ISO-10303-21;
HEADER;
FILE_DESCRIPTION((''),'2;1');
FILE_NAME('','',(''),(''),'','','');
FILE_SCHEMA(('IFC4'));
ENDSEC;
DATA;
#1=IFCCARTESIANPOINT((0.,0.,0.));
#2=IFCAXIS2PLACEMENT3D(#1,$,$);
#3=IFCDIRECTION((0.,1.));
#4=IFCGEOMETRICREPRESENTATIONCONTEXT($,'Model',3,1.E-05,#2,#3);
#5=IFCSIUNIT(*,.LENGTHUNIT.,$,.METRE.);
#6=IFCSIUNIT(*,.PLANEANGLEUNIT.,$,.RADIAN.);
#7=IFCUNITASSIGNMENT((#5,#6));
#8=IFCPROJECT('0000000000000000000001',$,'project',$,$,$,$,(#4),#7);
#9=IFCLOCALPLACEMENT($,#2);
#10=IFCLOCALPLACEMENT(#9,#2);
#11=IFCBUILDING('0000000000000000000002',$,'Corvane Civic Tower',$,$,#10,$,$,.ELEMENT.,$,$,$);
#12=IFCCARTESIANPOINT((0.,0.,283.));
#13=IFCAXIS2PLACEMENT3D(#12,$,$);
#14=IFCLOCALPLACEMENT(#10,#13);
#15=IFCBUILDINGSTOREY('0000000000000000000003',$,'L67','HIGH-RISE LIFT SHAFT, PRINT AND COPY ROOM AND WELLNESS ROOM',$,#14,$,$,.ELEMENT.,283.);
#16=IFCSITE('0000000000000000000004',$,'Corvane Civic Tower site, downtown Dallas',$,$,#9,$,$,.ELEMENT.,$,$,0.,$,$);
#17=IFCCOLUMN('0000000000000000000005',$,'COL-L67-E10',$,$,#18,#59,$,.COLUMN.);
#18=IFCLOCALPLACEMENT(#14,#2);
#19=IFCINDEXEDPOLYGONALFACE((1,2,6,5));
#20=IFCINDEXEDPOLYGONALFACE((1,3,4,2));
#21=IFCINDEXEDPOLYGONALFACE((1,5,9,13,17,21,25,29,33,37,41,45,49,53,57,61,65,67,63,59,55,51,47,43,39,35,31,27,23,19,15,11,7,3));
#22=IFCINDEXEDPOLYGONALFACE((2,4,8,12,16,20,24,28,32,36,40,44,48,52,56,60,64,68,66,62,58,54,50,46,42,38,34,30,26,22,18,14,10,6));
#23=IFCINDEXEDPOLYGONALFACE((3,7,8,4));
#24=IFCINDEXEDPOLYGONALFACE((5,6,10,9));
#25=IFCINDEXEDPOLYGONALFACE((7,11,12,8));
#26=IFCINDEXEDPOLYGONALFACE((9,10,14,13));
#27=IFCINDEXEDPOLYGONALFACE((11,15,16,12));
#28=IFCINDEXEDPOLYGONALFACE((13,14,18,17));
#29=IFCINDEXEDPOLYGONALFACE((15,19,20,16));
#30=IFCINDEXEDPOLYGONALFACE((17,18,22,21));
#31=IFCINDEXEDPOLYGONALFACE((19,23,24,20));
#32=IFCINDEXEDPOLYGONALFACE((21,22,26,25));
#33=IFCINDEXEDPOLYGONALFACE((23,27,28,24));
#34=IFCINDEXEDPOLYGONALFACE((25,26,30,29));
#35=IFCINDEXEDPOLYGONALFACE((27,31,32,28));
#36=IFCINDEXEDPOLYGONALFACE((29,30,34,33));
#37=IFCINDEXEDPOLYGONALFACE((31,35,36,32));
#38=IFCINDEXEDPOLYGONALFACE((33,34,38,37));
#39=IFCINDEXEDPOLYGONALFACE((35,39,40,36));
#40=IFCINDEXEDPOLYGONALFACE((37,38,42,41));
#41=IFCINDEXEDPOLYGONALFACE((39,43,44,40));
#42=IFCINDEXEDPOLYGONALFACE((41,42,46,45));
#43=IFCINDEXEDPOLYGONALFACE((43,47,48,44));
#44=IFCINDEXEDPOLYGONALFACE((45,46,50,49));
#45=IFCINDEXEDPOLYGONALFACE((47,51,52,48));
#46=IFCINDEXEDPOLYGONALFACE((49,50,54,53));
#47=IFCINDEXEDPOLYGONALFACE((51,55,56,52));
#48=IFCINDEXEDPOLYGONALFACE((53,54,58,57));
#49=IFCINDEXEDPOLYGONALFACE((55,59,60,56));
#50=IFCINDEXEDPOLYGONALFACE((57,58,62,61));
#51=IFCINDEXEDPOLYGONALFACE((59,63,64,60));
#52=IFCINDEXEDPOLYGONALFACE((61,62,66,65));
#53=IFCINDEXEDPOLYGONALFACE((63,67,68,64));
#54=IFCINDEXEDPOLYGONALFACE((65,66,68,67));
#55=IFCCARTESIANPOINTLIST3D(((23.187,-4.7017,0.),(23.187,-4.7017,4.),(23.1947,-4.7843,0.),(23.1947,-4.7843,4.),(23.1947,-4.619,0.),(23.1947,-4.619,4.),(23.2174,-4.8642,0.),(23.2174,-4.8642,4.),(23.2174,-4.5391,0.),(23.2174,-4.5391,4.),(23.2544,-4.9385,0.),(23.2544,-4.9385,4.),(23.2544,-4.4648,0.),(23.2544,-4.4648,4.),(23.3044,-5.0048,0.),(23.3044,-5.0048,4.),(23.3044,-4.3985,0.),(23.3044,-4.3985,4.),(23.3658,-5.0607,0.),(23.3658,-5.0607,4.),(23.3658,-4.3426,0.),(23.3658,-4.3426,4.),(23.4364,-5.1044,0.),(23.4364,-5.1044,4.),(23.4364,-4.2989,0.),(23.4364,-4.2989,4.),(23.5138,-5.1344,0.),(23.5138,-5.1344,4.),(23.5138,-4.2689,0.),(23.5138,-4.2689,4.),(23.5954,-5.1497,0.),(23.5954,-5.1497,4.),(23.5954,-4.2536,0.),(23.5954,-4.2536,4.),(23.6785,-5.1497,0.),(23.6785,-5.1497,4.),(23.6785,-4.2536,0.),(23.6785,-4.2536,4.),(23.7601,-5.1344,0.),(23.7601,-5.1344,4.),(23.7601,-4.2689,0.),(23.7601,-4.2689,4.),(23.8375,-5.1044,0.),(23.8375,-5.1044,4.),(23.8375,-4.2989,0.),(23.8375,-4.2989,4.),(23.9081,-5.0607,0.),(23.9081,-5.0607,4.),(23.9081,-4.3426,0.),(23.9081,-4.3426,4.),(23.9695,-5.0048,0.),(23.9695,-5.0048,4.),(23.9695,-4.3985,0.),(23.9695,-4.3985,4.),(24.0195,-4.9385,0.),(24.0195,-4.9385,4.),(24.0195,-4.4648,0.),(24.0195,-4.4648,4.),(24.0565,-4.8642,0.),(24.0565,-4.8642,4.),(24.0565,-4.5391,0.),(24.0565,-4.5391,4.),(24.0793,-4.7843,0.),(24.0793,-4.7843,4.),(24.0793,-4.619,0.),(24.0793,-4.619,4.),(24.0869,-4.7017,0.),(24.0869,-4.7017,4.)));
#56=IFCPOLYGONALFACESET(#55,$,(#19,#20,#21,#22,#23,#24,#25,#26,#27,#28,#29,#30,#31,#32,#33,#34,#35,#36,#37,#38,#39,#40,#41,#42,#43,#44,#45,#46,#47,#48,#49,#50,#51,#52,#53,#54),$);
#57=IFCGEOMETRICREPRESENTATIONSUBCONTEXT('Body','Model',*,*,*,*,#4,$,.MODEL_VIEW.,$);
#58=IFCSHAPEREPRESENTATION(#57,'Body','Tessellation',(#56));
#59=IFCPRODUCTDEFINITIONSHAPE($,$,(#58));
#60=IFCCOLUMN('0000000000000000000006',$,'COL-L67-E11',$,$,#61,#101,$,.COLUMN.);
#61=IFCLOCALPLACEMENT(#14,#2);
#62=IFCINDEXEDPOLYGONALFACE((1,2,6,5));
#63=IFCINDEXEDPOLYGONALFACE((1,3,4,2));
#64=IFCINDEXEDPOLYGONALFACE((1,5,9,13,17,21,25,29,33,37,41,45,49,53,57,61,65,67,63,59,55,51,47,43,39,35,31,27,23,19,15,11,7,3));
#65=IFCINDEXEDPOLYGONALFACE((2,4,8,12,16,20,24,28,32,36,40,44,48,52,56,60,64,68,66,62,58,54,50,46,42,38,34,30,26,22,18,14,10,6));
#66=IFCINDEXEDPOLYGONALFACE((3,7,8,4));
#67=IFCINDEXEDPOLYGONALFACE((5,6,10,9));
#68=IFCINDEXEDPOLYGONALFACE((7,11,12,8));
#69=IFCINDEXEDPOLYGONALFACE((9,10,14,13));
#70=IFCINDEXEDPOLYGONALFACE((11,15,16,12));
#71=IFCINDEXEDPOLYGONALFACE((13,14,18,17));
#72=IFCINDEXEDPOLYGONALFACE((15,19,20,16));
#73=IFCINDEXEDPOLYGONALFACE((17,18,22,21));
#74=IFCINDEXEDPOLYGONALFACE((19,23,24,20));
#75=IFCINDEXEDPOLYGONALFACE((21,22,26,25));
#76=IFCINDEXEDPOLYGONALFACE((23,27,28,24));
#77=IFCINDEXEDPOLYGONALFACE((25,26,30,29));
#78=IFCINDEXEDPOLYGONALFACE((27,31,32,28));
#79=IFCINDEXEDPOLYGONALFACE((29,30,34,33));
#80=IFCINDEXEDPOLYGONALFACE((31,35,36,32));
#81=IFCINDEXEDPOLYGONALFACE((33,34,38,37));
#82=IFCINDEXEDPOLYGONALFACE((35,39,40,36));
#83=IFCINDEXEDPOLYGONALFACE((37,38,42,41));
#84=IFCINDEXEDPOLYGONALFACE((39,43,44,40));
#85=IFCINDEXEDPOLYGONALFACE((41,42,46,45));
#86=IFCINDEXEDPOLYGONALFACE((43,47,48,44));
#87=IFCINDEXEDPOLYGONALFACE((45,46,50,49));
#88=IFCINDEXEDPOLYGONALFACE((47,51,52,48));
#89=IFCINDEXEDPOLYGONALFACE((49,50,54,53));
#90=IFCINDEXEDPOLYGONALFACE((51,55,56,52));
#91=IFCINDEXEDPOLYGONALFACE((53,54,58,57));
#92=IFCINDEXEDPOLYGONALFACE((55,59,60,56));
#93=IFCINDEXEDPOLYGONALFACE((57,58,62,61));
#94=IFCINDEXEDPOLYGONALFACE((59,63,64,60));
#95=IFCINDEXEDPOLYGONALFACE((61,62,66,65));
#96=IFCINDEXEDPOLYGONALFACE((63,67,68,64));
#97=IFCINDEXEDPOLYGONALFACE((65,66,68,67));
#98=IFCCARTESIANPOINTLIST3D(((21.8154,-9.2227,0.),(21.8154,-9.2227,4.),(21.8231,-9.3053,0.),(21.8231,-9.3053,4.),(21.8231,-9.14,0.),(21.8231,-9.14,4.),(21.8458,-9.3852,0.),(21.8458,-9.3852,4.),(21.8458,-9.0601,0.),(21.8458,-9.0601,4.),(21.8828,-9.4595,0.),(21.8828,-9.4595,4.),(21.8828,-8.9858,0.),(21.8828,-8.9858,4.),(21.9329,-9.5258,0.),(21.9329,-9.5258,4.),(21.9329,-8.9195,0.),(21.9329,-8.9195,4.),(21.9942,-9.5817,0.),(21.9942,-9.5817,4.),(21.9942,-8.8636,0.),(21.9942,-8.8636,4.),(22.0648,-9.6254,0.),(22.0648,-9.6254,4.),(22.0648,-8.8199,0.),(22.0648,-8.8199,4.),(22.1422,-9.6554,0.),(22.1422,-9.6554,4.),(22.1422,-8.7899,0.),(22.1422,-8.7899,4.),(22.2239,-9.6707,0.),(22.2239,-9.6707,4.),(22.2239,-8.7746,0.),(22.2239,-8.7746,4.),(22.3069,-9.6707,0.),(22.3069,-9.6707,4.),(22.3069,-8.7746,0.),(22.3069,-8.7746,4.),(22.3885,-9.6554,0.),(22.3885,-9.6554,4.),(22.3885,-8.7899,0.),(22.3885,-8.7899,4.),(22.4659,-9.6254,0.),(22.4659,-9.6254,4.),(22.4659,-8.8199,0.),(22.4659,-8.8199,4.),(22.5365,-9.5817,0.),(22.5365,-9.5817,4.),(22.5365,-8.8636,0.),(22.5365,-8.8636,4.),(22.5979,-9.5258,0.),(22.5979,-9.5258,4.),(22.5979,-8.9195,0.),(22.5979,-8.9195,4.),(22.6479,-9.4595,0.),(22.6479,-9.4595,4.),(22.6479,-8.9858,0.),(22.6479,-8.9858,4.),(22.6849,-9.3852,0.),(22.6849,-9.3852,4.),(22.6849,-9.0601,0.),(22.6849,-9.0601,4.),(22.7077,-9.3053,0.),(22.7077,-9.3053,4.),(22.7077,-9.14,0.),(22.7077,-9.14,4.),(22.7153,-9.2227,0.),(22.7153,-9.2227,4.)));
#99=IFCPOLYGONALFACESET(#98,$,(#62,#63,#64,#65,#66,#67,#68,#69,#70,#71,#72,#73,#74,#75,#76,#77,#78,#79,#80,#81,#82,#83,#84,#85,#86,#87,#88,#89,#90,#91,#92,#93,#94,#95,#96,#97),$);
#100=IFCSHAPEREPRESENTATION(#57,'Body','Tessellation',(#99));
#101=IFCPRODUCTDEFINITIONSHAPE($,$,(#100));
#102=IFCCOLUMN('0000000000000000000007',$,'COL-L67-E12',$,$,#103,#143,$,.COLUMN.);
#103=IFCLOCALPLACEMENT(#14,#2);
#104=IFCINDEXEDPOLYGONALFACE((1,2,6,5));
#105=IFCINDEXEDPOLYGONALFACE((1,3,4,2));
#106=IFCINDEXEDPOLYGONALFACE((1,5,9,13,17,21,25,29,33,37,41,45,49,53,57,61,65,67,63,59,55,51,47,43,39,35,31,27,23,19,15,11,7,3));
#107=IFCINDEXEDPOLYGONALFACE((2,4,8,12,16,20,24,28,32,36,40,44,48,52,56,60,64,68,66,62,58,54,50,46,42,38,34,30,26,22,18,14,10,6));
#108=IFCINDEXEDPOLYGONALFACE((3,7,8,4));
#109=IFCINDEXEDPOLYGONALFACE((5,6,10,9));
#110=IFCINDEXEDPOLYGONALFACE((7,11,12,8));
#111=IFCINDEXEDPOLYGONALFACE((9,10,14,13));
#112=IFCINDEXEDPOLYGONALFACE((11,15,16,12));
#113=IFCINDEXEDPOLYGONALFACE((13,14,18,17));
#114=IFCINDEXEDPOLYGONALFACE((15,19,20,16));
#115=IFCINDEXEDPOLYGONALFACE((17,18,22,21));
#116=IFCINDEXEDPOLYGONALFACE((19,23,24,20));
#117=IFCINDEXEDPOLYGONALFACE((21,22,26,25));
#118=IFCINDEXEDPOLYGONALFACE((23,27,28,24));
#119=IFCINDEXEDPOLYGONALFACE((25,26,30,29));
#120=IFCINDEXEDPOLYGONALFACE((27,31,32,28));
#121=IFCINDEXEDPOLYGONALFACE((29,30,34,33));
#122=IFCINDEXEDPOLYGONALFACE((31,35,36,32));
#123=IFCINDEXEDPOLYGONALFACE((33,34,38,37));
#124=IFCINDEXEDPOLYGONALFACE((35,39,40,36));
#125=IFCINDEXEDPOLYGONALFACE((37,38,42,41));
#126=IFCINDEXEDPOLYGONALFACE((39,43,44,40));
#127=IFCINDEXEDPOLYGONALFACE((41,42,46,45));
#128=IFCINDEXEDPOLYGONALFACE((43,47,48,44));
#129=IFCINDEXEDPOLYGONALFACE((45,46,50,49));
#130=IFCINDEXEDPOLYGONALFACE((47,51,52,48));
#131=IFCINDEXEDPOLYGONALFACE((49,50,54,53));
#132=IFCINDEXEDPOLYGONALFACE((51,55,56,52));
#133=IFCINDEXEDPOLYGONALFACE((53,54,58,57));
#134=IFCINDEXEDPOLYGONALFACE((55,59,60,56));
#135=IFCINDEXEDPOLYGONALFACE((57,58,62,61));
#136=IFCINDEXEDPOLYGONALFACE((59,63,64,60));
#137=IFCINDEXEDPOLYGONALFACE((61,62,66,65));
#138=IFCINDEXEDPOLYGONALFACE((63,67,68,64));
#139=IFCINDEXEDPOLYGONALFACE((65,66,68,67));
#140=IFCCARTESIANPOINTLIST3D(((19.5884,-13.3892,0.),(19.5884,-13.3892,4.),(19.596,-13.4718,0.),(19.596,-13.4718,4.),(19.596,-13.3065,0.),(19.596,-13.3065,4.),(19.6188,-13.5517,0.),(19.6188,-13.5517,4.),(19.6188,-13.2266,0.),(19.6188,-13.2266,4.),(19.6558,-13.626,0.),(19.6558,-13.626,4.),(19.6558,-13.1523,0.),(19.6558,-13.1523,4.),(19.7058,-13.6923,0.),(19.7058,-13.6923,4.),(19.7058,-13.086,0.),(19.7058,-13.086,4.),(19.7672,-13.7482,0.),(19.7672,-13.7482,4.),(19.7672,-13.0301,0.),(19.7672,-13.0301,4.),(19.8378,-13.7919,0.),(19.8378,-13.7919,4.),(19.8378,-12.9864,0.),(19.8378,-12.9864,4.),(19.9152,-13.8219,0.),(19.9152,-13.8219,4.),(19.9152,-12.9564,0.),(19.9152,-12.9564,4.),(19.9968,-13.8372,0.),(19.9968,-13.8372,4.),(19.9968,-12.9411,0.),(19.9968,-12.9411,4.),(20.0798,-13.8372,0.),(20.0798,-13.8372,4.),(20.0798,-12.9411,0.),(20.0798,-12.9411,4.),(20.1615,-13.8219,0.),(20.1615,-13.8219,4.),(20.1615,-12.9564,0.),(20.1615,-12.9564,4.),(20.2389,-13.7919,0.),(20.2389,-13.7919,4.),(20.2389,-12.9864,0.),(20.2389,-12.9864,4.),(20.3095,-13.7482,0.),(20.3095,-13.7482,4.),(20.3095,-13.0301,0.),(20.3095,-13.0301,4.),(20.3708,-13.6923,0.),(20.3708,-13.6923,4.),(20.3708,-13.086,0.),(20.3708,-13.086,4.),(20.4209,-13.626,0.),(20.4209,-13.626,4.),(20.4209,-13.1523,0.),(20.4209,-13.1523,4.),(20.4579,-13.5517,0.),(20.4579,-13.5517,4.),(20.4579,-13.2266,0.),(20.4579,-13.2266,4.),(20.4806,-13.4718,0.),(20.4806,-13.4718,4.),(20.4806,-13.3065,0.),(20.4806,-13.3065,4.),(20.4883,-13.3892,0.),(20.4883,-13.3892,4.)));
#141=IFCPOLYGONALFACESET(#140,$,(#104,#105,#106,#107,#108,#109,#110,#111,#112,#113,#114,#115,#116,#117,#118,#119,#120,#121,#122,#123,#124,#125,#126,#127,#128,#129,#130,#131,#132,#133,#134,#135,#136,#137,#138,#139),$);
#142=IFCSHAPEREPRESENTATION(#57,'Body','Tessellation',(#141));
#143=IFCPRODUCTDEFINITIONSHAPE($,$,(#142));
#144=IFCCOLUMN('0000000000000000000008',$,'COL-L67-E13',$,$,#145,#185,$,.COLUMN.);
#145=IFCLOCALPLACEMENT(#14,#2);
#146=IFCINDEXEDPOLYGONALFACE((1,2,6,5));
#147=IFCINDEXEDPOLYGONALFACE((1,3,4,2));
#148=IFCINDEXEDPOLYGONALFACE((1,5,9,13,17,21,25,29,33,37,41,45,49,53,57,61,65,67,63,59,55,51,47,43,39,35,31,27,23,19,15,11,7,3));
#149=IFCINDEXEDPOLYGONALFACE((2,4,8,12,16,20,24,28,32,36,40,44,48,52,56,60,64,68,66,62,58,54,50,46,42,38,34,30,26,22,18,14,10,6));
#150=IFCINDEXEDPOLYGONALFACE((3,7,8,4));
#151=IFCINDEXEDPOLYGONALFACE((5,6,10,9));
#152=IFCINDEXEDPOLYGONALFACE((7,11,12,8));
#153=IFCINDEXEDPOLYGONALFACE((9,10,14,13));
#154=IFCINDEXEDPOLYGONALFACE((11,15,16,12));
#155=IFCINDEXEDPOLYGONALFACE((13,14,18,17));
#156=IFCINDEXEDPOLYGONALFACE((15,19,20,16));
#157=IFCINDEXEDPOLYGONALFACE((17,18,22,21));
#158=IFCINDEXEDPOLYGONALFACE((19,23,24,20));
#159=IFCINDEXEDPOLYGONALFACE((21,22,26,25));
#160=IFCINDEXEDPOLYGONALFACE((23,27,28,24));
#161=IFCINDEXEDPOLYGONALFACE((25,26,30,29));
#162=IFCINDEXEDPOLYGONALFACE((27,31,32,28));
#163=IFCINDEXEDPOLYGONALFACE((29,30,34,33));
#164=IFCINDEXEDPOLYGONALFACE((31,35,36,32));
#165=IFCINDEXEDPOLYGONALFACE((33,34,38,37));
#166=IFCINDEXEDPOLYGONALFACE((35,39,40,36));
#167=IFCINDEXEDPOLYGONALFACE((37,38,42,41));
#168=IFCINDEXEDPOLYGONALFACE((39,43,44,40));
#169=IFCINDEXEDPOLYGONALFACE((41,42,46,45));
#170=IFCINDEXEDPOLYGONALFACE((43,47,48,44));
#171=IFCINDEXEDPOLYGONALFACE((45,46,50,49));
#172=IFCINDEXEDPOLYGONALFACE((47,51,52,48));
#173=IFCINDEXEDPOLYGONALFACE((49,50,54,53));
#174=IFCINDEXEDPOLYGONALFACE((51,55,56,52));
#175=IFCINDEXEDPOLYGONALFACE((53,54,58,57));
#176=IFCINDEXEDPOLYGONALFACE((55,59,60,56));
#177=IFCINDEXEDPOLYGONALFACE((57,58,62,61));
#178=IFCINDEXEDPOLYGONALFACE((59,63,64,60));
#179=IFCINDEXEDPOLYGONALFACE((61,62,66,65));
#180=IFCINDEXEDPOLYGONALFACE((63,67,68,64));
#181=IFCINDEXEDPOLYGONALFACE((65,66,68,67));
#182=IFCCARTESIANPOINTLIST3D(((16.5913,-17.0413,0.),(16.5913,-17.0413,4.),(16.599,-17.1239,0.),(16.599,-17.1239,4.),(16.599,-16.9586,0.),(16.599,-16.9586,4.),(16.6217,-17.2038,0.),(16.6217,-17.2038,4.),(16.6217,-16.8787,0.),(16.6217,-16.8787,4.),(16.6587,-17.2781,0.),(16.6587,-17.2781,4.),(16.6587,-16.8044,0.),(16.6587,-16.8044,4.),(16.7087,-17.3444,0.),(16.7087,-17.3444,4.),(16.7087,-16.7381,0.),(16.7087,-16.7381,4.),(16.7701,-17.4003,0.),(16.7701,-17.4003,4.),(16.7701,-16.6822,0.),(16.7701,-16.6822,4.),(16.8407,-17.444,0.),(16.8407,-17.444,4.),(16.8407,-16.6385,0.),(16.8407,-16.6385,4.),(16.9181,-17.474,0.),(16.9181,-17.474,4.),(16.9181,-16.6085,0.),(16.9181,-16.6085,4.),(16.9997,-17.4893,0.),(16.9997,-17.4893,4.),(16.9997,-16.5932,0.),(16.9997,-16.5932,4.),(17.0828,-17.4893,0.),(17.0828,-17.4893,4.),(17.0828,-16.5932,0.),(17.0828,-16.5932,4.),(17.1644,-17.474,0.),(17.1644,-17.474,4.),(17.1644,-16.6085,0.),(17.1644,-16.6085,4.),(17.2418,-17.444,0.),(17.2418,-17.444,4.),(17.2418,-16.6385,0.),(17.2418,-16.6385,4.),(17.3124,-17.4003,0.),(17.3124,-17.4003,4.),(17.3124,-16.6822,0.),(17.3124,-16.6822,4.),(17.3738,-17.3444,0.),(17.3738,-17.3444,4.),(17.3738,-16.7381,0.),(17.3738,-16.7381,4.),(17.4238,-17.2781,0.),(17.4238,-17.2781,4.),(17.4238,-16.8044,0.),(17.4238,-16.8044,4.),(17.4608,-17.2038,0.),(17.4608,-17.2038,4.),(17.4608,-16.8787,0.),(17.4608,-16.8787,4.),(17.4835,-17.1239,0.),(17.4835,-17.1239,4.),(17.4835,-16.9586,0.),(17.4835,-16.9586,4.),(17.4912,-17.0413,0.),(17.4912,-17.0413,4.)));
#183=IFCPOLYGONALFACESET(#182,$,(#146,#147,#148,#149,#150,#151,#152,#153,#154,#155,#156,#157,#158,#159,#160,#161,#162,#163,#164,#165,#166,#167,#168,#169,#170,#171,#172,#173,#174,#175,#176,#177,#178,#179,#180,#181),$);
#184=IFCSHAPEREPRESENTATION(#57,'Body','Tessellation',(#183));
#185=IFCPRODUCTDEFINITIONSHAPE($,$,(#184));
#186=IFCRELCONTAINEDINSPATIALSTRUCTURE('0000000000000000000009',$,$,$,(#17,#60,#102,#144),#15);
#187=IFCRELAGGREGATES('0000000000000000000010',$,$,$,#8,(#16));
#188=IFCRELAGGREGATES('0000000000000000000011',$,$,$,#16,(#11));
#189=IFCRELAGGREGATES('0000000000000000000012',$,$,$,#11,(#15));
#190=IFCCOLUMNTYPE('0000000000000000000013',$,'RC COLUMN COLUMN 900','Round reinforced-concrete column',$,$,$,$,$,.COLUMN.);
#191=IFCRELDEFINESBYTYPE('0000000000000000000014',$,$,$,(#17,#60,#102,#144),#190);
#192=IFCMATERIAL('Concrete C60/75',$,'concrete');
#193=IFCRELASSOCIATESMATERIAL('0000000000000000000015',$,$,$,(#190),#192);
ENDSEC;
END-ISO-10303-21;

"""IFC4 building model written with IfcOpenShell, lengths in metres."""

from ifc_helpers import new_model, si_unit, direction, frame, origin, origin_2d, place, context, subcontext, project, spatial, circle, extrude, material, material_profile, profile_set, type_object, element, save


model = new_model("IFC4")

# Units and contexts
model_context = context("Model", 3, precision=1e-05, world=origin(), true_north=direction((0.0, 1.0)))
body_context = subcontext(model_context, "Body", "Model", "MODEL_VIEW")
ifc_project = project(units=[si_unit("LENGTHUNIT", "METRE"), si_unit("PLANEANGLEUNIT", "RADIAN")], contexts=[model_context])

# Site, building, storey
site_placement = place(None, origin())
site = spatial("IfcSite", under=ifc_project, at=site_placement, Name="Corvane Civic Tower site, downtown Dallas", CompositionType="ELEMENT", RefElevation=0.0)
building_placement = place(site_placement, origin())
building = spatial("IfcBuilding", under=site, at=building_placement, Name="Corvane Civic Tower", CompositionType="ELEMENT")
storey_placement = place(building_placement, frame((0.0, 0.0, 283.0)))
storey = spatial("IfcBuildingStorey", under=building, at=storey_placement, Name="L67", Description="HIGH-RISE LIFT SHAFT, PRINT AND COPY ROOM AND WELLNESS ROOM", CompositionType="ELEMENT", Elevation=283.0)

# Columns
ifc_material_1 = material(Name="Concrete C60/75", Category="concrete")
ifc_material_profile_1 = material_profile(ifc_material_1, circle(Radius=0.45, at=origin_2d()), Name="COLUMN 900")
ifc_profile_set_1 = profile_set([ifc_material_profile_1], Name="Concrete C60/75")
column_type = type_object("IfcColumnType", Name="RC COLUMN COLUMN 900", Description="Round reinforced-concrete column", PredefinedType="COLUMN", material=ifc_profile_set_1)
for number, where, z_axis, x_axis, name in (
    (1, (23.637, -4.7017, 0.0), (0.0, 0.0, 1.0), (1.0, 0.0, 0.0), "COL-L67-E10"),
    (2, (22.2654, -9.2227, 0.0), (0.0, 0.0, 1.0), (1.0, 0.0, 0.0), "COL-L67-E11"),
    (3, (20.0383, -13.3892, 0.0), (0.0, 0.0, 1.0), (1.0, 0.0, 0.0), "COL-L67-E12"),
    (4, (17.0413, -17.0413, 0.0), (0.0, 0.0, 1.0), (1.0, 0.0, 0.0), "COL-L67-E13"),
):
    element("IfcColumn", number, at=place(storey_placement, frame(where, z_axis=z_axis, x_axis=x_axis)), inside=storey, type_object=column_type, Name=name, PredefinedType="COLUMN", context=body_context, shape_type="SweptSolid", body=[
        extrude(circle(Radius=0.45, at=origin_2d()), origin(), (0.0, 0.0, 1.0), 4.0),
    ])

save(model, "model.ifc")
